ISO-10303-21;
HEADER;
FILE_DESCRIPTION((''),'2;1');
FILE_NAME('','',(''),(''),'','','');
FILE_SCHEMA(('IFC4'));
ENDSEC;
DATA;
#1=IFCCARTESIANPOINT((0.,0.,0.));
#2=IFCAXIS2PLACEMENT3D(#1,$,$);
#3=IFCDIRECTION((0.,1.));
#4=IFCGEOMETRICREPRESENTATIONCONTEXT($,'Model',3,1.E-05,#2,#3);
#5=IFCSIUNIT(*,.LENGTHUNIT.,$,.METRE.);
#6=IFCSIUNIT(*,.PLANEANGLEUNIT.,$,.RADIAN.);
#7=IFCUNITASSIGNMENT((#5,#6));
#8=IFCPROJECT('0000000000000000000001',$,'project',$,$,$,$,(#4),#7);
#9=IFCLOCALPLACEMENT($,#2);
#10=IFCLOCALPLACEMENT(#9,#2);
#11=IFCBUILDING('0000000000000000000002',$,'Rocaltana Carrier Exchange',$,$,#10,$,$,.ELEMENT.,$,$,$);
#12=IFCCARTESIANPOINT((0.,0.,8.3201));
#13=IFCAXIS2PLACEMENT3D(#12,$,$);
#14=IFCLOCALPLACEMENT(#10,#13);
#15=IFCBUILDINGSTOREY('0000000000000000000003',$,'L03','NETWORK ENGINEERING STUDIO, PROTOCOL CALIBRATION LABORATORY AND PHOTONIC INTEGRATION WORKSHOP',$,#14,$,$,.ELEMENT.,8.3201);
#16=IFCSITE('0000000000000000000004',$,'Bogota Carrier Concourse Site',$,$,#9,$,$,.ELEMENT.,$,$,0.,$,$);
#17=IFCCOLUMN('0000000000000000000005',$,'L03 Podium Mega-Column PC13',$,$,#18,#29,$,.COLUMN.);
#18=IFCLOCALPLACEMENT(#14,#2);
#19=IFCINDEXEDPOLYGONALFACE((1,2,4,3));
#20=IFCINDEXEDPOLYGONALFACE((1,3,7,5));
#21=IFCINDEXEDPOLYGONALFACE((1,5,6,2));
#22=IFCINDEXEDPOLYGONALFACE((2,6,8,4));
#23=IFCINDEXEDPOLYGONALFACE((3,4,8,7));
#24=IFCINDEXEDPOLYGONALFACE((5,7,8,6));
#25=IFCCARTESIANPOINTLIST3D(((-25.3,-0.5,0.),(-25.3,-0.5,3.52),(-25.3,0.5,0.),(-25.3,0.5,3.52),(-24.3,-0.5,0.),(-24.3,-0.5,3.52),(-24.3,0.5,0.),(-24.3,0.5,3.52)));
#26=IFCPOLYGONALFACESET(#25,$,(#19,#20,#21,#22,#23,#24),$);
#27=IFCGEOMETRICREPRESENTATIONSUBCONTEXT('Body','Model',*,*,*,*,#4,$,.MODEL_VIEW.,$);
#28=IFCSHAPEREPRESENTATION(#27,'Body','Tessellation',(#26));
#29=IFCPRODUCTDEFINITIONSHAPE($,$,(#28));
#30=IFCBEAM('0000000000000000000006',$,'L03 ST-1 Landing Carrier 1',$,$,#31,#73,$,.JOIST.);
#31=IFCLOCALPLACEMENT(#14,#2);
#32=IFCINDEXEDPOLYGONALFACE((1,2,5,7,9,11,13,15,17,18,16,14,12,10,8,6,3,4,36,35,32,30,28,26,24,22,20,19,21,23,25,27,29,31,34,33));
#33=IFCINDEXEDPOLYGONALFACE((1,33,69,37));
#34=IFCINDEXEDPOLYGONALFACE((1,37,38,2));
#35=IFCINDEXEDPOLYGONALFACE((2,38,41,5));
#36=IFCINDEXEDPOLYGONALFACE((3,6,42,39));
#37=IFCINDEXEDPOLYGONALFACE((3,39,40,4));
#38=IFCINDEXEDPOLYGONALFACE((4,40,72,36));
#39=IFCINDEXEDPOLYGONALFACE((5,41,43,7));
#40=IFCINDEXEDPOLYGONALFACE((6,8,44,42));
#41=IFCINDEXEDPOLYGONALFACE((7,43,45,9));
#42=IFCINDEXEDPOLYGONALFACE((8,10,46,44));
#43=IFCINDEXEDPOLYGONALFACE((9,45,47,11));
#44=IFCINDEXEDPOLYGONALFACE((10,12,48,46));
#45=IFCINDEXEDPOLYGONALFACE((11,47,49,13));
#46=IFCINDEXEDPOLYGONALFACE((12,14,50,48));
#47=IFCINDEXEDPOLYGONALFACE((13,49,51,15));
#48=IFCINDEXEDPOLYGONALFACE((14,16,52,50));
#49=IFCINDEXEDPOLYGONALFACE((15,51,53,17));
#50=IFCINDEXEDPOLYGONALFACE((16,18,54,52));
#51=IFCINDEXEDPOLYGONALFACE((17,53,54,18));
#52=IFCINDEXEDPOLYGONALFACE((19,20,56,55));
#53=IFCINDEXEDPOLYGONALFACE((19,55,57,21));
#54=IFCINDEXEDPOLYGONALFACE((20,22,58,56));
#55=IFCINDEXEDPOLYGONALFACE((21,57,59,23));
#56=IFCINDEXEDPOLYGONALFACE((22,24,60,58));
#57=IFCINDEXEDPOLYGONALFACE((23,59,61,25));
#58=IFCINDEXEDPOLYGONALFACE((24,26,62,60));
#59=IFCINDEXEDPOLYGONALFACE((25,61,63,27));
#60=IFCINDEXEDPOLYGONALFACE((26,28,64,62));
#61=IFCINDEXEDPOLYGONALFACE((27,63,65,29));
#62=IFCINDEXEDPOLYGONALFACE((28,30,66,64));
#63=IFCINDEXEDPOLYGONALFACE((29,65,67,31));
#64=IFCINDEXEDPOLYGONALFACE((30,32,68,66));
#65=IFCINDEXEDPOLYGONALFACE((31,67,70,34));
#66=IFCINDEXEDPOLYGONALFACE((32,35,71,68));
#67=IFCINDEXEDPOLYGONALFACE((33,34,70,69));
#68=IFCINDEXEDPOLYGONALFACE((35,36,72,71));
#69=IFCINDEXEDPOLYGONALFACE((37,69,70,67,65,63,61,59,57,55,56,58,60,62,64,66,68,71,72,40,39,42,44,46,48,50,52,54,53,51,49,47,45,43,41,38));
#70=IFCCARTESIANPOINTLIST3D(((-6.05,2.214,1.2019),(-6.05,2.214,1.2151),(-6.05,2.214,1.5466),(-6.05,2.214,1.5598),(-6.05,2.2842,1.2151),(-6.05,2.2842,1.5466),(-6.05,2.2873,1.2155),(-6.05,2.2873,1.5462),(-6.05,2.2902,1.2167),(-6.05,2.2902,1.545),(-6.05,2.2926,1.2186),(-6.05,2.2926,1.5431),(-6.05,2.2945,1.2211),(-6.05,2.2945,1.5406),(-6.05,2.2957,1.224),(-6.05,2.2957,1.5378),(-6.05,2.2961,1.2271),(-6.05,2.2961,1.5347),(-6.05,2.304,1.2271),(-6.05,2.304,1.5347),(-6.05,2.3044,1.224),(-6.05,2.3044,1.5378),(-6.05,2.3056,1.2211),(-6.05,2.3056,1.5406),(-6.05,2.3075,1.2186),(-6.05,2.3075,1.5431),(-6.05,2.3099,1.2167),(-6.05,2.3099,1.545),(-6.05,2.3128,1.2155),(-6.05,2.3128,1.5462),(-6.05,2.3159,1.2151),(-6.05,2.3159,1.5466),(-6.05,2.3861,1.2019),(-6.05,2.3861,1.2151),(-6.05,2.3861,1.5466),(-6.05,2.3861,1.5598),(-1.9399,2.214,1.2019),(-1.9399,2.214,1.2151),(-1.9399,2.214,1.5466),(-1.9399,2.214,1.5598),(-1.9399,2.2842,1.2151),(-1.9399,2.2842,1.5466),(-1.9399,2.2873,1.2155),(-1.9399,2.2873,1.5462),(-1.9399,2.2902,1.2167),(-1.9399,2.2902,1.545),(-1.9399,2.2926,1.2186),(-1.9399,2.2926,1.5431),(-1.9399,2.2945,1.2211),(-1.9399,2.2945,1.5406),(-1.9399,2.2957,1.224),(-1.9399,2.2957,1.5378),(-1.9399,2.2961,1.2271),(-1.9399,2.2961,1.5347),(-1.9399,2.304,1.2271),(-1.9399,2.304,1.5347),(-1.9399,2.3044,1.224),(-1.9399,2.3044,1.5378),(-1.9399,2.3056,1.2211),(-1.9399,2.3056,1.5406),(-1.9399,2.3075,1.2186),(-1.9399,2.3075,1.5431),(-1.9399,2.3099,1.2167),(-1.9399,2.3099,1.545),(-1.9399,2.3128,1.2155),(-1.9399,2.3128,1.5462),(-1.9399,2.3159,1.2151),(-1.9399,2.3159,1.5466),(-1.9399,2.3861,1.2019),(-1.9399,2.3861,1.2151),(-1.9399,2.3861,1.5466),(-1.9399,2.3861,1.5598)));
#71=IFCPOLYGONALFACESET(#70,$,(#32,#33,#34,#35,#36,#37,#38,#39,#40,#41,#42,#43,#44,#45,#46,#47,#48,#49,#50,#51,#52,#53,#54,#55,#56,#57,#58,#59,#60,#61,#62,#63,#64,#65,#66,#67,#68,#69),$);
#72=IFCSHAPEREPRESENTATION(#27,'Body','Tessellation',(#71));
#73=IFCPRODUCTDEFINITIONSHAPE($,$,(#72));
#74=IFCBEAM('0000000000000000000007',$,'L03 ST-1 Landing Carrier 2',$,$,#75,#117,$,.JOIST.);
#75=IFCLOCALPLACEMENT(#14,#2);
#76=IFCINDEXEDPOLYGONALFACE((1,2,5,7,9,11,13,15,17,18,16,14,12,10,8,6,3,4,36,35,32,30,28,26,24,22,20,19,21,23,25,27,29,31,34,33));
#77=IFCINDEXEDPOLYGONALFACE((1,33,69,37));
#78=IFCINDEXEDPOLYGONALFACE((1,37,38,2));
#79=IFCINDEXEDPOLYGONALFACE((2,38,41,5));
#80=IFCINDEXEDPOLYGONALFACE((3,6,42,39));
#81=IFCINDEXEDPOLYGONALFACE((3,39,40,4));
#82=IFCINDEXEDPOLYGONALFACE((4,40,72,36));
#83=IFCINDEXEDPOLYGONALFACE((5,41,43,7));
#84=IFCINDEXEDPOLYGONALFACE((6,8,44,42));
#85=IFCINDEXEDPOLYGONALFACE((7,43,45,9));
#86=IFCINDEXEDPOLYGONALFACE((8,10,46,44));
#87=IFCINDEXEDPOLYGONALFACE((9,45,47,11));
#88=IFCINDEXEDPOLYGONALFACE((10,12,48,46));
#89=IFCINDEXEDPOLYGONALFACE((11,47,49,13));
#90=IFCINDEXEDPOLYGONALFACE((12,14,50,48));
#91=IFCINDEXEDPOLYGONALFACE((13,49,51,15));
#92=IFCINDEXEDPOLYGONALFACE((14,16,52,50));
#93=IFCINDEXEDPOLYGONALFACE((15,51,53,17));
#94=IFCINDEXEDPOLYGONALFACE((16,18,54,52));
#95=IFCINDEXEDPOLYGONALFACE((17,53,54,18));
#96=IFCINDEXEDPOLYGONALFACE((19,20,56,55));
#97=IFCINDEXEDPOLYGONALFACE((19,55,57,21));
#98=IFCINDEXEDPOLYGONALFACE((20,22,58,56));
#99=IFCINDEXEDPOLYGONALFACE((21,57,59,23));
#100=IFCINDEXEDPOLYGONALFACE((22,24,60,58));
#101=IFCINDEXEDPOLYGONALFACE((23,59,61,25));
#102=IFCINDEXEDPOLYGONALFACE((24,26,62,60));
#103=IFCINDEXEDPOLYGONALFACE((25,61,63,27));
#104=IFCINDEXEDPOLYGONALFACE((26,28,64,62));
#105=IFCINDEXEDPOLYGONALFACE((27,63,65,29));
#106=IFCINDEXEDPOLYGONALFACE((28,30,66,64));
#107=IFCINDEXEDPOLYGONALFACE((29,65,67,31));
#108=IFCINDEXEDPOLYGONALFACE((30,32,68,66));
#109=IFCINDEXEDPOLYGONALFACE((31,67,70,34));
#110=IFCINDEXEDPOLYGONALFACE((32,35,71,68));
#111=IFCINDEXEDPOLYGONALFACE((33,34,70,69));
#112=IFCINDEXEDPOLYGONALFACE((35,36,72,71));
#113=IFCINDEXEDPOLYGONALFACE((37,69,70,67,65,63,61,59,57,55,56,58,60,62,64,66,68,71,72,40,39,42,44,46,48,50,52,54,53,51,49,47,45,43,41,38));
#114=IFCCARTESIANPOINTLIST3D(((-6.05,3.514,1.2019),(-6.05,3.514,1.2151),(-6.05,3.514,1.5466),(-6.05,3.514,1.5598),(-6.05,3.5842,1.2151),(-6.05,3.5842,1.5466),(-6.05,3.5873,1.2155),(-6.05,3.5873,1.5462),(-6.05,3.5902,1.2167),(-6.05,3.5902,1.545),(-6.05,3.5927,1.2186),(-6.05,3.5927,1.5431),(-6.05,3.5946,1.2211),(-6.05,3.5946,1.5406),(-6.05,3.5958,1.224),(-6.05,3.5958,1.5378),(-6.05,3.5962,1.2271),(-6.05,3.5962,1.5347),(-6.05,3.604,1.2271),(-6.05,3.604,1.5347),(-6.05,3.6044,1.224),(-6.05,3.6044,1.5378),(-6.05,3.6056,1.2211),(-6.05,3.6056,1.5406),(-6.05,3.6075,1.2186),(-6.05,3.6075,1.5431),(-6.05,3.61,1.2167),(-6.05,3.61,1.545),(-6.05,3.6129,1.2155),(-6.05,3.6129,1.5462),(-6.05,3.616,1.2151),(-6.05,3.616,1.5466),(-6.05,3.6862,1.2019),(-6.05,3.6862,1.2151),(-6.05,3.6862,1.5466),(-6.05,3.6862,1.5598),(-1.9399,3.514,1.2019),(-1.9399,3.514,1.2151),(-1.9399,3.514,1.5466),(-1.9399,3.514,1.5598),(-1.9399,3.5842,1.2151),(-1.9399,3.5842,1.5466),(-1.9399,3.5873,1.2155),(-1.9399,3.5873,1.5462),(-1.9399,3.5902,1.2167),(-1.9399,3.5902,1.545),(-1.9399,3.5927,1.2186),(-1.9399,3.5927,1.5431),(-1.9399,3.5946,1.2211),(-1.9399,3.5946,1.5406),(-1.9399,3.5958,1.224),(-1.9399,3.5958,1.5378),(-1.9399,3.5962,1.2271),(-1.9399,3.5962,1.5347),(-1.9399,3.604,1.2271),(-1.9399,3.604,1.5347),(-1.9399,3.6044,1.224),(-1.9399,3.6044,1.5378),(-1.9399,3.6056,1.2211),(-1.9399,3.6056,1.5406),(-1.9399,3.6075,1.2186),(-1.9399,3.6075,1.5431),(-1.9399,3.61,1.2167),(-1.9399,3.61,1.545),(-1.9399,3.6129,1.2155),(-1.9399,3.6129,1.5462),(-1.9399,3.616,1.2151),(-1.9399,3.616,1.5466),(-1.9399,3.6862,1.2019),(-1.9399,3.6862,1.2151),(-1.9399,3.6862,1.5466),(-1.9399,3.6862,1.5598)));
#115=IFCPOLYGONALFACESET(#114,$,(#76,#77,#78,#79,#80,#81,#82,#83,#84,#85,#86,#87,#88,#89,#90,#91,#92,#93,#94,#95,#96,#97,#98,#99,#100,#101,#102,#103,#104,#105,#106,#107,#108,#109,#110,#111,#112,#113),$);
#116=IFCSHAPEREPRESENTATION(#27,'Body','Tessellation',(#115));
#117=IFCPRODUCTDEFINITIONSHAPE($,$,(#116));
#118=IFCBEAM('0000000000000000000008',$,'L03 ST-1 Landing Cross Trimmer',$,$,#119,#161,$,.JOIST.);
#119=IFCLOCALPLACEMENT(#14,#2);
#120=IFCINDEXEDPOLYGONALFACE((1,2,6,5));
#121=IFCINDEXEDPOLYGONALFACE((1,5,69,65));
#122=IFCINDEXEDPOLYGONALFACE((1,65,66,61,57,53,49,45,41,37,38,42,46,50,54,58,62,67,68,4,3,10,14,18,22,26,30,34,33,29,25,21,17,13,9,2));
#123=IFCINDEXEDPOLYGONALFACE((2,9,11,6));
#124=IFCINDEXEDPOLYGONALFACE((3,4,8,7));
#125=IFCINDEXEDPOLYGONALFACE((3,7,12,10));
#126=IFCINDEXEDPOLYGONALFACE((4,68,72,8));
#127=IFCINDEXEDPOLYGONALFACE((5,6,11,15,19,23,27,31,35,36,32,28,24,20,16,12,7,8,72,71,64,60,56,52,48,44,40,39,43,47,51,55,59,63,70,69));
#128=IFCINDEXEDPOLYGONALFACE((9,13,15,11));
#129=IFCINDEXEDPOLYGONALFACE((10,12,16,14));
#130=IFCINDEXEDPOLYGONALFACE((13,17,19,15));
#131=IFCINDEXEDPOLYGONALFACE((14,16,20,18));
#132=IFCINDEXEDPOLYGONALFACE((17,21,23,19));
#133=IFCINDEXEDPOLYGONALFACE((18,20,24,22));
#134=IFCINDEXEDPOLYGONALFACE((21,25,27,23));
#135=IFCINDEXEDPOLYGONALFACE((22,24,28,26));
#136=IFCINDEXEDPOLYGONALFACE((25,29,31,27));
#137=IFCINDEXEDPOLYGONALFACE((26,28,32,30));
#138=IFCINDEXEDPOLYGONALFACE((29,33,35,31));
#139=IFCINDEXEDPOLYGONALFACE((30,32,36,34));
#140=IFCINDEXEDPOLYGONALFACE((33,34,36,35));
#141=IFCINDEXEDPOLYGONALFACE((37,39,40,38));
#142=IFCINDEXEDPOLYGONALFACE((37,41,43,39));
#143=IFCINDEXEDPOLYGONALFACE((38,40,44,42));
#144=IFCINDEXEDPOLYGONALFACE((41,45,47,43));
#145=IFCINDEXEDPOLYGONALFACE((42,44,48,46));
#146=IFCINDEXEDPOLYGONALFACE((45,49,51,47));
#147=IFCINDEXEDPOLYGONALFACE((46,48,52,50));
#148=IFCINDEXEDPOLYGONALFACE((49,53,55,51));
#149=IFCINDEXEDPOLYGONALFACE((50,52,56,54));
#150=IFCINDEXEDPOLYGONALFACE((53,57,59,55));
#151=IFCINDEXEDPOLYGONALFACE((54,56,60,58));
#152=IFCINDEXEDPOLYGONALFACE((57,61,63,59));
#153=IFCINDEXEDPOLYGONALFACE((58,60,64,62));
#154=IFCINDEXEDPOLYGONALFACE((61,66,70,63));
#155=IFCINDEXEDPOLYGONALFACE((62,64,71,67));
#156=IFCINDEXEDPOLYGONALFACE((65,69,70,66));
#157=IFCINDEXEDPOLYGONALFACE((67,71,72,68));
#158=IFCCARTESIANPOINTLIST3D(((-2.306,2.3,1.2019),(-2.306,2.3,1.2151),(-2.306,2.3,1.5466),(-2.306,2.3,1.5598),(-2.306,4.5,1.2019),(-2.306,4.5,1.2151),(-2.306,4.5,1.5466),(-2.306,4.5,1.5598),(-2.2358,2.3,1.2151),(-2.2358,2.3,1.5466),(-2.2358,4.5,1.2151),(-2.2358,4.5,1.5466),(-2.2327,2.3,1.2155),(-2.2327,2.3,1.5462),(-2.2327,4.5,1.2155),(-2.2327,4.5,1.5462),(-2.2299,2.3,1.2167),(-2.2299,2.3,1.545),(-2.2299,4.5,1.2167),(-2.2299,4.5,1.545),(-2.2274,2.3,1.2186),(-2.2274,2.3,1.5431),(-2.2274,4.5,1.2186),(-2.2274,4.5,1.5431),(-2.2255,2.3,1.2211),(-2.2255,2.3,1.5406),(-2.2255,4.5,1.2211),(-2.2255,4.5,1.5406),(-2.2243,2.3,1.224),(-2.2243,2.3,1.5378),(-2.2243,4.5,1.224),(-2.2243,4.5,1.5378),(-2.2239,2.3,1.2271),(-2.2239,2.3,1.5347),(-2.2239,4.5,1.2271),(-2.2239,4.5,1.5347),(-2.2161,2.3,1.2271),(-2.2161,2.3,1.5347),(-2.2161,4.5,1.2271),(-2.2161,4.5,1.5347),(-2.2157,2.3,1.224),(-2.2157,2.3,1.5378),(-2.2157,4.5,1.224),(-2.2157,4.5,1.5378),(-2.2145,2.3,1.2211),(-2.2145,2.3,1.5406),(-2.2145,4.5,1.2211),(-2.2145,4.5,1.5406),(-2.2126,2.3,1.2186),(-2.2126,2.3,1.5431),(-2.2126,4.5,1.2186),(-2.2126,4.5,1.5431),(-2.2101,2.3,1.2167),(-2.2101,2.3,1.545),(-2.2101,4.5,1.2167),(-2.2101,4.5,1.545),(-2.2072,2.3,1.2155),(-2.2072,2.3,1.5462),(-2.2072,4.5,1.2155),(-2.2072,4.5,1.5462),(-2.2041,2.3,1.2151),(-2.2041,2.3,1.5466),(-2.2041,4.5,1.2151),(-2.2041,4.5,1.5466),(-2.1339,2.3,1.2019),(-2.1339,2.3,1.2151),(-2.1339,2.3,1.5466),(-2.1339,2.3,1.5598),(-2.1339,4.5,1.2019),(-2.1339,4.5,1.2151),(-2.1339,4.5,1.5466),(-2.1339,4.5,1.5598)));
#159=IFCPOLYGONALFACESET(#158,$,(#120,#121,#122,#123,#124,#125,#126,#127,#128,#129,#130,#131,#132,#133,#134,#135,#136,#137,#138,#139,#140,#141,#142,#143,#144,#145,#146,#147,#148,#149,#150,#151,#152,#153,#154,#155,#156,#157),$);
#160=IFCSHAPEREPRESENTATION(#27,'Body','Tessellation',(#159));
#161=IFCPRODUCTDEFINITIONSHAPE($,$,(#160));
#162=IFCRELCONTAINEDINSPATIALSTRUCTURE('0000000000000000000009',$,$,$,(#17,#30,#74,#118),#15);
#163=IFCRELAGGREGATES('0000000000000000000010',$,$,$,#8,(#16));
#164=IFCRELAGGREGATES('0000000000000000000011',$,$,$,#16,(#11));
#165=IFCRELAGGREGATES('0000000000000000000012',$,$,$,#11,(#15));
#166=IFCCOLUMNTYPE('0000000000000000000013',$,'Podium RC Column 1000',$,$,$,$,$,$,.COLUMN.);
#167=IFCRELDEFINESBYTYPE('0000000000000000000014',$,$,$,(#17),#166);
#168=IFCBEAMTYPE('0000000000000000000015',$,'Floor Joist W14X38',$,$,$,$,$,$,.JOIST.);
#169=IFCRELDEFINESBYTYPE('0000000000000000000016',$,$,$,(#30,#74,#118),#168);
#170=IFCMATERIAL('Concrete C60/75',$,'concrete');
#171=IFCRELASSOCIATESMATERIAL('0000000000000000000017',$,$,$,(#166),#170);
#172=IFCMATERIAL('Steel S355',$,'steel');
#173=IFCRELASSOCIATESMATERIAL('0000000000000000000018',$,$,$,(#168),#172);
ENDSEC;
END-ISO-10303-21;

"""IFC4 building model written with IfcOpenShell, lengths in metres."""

from ifc_helpers import new_model, si_unit, direction, frame, origin, origin_2d, place, context, subcontext, project, spatial, rectangle, i_section, extrude, material, material_profile, profile_set, type_object, element, save


model = new_model("IFC4")

# Units and contexts
model_context = context("Model", 3, precision=1e-05, world=origin(), true_north=direction((0.0, 1.0)))
body_context = subcontext(model_context, "Body", "Model", "MODEL_VIEW")
ifc_project = project(units=[si_unit("LENGTHUNIT", "METRE"), si_unit("PLANEANGLEUNIT", "RADIAN")], contexts=[model_context])

# Site, building, storey
site_placement = place(None, origin())
site = spatial("IfcSite", under=ifc_project, at=site_placement, Name="Bogota Carrier Concourse Site", CompositionType="ELEMENT", RefElevation=0.0)
building_placement = place(site_placement, origin())
building = spatial("IfcBuilding", under=site, at=building_placement, Name="Rocaltana Carrier Exchange", CompositionType="ELEMENT")
storey_placement = place(building_placement, frame((0.0, 0.0, 8.3201)))
storey = spatial("IfcBuildingStorey", under=building, at=storey_placement, Name="L03", Description="NETWORK ENGINEERING STUDIO, PROTOCOL CALIBRATION LABORATORY AND PHOTONIC INTEGRATION WORKSHOP", CompositionType="ELEMENT", Elevation=8.3201)

# Column
ifc_material_1 = material(Name="Concrete C60/75", Category="concrete")
ifc_material_profile_1 = material_profile(ifc_material_1, rectangle(XDim=1.0, YDim=1.0, at=origin_2d()), Name="RC-COL-1000X1000")
ifc_profile_set_1 = profile_set([ifc_material_profile_1], Name="Concrete C60/75")
column_type_1 = type_object("IfcColumnType", Name="Podium RC Column 1000", PredefinedType="COLUMN", material=ifc_profile_set_1)
column_placement = place(storey_placement, frame((-24.8, 0.0, 0.0), z_axis=(0.0, 0.0, 1.0), x_axis=(1.0, 0.0, 0.0)))
element("IfcColumn", 1, at=column_placement, inside=storey, type_object=column_type_1, Name="L03 Podium Mega-Column PC13", PredefinedType="COLUMN", context=body_context, shape_type="SweptSolid", body=[
    extrude(rectangle(XDim=1.0, YDim=1.0, at=origin_2d()), origin(), (0.0, 0.0, 1.0), 3.52),
])

# Beams
ifc_material_2 = material(Name="Steel S355", Category="steel")
ifc_material_profile_2 = material_profile(ifc_material_2, i_section(OverallWidth=0.1721, OverallDepth=0.3579, WebThickness=0.0078, FlangeThickness=0.0132, FilletRadius=0.012, at=origin_2d()), Name="W14X38")
ifc_profile_set_2 = profile_set([ifc_material_profile_2], Name="Steel S355")
beam_type_1 = type_object("IfcBeamType", Name="Floor Joist W14X38", PredefinedType="JOIST", material=ifc_profile_set_2)
for number, where, z_axis, x_axis, name in (
    (2, (-6.05, 2.3, 1.3809), (1.0, 0.0, 0.0), (0.0, 1.0, 0.0), "L03 ST-1 Landing Carrier 1"),
    (3, (-6.05, 3.6001, 1.3809), (1.0, 0.0, 0.0), (0.0, 1.0, 0.0), "L03 ST-1 Landing Carrier 2"),
):
    element("IfcBeam", number, at=place(storey_placement, frame(where, z_axis=z_axis, x_axis=x_axis)), inside=storey, type_object=beam_type_1, Name=name, PredefinedType="JOIST", context=body_context, shape_type="SweptSolid", body=[
        extrude(i_section(OverallWidth=0.1721, OverallDepth=0.3579, WebThickness=0.0078, FlangeThickness=0.0132, FilletRadius=0.012, at=origin_2d()), origin(), (0.0, 0.0, 1.0), 4.1101),
    ])
beam_1_placement = place(storey_placement, frame((-2.22, 2.3, 1.3809), z_axis=(0.0, 1.0, 0.0), x_axis=(-1.0, 0.0, 0.0)))
element("IfcBeam", 4, at=beam_1_placement, inside=storey, type_object=beam_type_1, Name="L03 ST-1 Landing Cross Trimmer", PredefinedType="JOIST", context=body_context, shape_type="SweptSolid", body=[
    extrude(i_section(OverallWidth=0.1721, OverallDepth=0.3579, WebThickness=0.0078, FlangeThickness=0.0132, FilletRadius=0.012, at=origin_2d()), origin(), (0.0, 0.0, 1.0), 2.2),
])

save(model, "model.ifc")
